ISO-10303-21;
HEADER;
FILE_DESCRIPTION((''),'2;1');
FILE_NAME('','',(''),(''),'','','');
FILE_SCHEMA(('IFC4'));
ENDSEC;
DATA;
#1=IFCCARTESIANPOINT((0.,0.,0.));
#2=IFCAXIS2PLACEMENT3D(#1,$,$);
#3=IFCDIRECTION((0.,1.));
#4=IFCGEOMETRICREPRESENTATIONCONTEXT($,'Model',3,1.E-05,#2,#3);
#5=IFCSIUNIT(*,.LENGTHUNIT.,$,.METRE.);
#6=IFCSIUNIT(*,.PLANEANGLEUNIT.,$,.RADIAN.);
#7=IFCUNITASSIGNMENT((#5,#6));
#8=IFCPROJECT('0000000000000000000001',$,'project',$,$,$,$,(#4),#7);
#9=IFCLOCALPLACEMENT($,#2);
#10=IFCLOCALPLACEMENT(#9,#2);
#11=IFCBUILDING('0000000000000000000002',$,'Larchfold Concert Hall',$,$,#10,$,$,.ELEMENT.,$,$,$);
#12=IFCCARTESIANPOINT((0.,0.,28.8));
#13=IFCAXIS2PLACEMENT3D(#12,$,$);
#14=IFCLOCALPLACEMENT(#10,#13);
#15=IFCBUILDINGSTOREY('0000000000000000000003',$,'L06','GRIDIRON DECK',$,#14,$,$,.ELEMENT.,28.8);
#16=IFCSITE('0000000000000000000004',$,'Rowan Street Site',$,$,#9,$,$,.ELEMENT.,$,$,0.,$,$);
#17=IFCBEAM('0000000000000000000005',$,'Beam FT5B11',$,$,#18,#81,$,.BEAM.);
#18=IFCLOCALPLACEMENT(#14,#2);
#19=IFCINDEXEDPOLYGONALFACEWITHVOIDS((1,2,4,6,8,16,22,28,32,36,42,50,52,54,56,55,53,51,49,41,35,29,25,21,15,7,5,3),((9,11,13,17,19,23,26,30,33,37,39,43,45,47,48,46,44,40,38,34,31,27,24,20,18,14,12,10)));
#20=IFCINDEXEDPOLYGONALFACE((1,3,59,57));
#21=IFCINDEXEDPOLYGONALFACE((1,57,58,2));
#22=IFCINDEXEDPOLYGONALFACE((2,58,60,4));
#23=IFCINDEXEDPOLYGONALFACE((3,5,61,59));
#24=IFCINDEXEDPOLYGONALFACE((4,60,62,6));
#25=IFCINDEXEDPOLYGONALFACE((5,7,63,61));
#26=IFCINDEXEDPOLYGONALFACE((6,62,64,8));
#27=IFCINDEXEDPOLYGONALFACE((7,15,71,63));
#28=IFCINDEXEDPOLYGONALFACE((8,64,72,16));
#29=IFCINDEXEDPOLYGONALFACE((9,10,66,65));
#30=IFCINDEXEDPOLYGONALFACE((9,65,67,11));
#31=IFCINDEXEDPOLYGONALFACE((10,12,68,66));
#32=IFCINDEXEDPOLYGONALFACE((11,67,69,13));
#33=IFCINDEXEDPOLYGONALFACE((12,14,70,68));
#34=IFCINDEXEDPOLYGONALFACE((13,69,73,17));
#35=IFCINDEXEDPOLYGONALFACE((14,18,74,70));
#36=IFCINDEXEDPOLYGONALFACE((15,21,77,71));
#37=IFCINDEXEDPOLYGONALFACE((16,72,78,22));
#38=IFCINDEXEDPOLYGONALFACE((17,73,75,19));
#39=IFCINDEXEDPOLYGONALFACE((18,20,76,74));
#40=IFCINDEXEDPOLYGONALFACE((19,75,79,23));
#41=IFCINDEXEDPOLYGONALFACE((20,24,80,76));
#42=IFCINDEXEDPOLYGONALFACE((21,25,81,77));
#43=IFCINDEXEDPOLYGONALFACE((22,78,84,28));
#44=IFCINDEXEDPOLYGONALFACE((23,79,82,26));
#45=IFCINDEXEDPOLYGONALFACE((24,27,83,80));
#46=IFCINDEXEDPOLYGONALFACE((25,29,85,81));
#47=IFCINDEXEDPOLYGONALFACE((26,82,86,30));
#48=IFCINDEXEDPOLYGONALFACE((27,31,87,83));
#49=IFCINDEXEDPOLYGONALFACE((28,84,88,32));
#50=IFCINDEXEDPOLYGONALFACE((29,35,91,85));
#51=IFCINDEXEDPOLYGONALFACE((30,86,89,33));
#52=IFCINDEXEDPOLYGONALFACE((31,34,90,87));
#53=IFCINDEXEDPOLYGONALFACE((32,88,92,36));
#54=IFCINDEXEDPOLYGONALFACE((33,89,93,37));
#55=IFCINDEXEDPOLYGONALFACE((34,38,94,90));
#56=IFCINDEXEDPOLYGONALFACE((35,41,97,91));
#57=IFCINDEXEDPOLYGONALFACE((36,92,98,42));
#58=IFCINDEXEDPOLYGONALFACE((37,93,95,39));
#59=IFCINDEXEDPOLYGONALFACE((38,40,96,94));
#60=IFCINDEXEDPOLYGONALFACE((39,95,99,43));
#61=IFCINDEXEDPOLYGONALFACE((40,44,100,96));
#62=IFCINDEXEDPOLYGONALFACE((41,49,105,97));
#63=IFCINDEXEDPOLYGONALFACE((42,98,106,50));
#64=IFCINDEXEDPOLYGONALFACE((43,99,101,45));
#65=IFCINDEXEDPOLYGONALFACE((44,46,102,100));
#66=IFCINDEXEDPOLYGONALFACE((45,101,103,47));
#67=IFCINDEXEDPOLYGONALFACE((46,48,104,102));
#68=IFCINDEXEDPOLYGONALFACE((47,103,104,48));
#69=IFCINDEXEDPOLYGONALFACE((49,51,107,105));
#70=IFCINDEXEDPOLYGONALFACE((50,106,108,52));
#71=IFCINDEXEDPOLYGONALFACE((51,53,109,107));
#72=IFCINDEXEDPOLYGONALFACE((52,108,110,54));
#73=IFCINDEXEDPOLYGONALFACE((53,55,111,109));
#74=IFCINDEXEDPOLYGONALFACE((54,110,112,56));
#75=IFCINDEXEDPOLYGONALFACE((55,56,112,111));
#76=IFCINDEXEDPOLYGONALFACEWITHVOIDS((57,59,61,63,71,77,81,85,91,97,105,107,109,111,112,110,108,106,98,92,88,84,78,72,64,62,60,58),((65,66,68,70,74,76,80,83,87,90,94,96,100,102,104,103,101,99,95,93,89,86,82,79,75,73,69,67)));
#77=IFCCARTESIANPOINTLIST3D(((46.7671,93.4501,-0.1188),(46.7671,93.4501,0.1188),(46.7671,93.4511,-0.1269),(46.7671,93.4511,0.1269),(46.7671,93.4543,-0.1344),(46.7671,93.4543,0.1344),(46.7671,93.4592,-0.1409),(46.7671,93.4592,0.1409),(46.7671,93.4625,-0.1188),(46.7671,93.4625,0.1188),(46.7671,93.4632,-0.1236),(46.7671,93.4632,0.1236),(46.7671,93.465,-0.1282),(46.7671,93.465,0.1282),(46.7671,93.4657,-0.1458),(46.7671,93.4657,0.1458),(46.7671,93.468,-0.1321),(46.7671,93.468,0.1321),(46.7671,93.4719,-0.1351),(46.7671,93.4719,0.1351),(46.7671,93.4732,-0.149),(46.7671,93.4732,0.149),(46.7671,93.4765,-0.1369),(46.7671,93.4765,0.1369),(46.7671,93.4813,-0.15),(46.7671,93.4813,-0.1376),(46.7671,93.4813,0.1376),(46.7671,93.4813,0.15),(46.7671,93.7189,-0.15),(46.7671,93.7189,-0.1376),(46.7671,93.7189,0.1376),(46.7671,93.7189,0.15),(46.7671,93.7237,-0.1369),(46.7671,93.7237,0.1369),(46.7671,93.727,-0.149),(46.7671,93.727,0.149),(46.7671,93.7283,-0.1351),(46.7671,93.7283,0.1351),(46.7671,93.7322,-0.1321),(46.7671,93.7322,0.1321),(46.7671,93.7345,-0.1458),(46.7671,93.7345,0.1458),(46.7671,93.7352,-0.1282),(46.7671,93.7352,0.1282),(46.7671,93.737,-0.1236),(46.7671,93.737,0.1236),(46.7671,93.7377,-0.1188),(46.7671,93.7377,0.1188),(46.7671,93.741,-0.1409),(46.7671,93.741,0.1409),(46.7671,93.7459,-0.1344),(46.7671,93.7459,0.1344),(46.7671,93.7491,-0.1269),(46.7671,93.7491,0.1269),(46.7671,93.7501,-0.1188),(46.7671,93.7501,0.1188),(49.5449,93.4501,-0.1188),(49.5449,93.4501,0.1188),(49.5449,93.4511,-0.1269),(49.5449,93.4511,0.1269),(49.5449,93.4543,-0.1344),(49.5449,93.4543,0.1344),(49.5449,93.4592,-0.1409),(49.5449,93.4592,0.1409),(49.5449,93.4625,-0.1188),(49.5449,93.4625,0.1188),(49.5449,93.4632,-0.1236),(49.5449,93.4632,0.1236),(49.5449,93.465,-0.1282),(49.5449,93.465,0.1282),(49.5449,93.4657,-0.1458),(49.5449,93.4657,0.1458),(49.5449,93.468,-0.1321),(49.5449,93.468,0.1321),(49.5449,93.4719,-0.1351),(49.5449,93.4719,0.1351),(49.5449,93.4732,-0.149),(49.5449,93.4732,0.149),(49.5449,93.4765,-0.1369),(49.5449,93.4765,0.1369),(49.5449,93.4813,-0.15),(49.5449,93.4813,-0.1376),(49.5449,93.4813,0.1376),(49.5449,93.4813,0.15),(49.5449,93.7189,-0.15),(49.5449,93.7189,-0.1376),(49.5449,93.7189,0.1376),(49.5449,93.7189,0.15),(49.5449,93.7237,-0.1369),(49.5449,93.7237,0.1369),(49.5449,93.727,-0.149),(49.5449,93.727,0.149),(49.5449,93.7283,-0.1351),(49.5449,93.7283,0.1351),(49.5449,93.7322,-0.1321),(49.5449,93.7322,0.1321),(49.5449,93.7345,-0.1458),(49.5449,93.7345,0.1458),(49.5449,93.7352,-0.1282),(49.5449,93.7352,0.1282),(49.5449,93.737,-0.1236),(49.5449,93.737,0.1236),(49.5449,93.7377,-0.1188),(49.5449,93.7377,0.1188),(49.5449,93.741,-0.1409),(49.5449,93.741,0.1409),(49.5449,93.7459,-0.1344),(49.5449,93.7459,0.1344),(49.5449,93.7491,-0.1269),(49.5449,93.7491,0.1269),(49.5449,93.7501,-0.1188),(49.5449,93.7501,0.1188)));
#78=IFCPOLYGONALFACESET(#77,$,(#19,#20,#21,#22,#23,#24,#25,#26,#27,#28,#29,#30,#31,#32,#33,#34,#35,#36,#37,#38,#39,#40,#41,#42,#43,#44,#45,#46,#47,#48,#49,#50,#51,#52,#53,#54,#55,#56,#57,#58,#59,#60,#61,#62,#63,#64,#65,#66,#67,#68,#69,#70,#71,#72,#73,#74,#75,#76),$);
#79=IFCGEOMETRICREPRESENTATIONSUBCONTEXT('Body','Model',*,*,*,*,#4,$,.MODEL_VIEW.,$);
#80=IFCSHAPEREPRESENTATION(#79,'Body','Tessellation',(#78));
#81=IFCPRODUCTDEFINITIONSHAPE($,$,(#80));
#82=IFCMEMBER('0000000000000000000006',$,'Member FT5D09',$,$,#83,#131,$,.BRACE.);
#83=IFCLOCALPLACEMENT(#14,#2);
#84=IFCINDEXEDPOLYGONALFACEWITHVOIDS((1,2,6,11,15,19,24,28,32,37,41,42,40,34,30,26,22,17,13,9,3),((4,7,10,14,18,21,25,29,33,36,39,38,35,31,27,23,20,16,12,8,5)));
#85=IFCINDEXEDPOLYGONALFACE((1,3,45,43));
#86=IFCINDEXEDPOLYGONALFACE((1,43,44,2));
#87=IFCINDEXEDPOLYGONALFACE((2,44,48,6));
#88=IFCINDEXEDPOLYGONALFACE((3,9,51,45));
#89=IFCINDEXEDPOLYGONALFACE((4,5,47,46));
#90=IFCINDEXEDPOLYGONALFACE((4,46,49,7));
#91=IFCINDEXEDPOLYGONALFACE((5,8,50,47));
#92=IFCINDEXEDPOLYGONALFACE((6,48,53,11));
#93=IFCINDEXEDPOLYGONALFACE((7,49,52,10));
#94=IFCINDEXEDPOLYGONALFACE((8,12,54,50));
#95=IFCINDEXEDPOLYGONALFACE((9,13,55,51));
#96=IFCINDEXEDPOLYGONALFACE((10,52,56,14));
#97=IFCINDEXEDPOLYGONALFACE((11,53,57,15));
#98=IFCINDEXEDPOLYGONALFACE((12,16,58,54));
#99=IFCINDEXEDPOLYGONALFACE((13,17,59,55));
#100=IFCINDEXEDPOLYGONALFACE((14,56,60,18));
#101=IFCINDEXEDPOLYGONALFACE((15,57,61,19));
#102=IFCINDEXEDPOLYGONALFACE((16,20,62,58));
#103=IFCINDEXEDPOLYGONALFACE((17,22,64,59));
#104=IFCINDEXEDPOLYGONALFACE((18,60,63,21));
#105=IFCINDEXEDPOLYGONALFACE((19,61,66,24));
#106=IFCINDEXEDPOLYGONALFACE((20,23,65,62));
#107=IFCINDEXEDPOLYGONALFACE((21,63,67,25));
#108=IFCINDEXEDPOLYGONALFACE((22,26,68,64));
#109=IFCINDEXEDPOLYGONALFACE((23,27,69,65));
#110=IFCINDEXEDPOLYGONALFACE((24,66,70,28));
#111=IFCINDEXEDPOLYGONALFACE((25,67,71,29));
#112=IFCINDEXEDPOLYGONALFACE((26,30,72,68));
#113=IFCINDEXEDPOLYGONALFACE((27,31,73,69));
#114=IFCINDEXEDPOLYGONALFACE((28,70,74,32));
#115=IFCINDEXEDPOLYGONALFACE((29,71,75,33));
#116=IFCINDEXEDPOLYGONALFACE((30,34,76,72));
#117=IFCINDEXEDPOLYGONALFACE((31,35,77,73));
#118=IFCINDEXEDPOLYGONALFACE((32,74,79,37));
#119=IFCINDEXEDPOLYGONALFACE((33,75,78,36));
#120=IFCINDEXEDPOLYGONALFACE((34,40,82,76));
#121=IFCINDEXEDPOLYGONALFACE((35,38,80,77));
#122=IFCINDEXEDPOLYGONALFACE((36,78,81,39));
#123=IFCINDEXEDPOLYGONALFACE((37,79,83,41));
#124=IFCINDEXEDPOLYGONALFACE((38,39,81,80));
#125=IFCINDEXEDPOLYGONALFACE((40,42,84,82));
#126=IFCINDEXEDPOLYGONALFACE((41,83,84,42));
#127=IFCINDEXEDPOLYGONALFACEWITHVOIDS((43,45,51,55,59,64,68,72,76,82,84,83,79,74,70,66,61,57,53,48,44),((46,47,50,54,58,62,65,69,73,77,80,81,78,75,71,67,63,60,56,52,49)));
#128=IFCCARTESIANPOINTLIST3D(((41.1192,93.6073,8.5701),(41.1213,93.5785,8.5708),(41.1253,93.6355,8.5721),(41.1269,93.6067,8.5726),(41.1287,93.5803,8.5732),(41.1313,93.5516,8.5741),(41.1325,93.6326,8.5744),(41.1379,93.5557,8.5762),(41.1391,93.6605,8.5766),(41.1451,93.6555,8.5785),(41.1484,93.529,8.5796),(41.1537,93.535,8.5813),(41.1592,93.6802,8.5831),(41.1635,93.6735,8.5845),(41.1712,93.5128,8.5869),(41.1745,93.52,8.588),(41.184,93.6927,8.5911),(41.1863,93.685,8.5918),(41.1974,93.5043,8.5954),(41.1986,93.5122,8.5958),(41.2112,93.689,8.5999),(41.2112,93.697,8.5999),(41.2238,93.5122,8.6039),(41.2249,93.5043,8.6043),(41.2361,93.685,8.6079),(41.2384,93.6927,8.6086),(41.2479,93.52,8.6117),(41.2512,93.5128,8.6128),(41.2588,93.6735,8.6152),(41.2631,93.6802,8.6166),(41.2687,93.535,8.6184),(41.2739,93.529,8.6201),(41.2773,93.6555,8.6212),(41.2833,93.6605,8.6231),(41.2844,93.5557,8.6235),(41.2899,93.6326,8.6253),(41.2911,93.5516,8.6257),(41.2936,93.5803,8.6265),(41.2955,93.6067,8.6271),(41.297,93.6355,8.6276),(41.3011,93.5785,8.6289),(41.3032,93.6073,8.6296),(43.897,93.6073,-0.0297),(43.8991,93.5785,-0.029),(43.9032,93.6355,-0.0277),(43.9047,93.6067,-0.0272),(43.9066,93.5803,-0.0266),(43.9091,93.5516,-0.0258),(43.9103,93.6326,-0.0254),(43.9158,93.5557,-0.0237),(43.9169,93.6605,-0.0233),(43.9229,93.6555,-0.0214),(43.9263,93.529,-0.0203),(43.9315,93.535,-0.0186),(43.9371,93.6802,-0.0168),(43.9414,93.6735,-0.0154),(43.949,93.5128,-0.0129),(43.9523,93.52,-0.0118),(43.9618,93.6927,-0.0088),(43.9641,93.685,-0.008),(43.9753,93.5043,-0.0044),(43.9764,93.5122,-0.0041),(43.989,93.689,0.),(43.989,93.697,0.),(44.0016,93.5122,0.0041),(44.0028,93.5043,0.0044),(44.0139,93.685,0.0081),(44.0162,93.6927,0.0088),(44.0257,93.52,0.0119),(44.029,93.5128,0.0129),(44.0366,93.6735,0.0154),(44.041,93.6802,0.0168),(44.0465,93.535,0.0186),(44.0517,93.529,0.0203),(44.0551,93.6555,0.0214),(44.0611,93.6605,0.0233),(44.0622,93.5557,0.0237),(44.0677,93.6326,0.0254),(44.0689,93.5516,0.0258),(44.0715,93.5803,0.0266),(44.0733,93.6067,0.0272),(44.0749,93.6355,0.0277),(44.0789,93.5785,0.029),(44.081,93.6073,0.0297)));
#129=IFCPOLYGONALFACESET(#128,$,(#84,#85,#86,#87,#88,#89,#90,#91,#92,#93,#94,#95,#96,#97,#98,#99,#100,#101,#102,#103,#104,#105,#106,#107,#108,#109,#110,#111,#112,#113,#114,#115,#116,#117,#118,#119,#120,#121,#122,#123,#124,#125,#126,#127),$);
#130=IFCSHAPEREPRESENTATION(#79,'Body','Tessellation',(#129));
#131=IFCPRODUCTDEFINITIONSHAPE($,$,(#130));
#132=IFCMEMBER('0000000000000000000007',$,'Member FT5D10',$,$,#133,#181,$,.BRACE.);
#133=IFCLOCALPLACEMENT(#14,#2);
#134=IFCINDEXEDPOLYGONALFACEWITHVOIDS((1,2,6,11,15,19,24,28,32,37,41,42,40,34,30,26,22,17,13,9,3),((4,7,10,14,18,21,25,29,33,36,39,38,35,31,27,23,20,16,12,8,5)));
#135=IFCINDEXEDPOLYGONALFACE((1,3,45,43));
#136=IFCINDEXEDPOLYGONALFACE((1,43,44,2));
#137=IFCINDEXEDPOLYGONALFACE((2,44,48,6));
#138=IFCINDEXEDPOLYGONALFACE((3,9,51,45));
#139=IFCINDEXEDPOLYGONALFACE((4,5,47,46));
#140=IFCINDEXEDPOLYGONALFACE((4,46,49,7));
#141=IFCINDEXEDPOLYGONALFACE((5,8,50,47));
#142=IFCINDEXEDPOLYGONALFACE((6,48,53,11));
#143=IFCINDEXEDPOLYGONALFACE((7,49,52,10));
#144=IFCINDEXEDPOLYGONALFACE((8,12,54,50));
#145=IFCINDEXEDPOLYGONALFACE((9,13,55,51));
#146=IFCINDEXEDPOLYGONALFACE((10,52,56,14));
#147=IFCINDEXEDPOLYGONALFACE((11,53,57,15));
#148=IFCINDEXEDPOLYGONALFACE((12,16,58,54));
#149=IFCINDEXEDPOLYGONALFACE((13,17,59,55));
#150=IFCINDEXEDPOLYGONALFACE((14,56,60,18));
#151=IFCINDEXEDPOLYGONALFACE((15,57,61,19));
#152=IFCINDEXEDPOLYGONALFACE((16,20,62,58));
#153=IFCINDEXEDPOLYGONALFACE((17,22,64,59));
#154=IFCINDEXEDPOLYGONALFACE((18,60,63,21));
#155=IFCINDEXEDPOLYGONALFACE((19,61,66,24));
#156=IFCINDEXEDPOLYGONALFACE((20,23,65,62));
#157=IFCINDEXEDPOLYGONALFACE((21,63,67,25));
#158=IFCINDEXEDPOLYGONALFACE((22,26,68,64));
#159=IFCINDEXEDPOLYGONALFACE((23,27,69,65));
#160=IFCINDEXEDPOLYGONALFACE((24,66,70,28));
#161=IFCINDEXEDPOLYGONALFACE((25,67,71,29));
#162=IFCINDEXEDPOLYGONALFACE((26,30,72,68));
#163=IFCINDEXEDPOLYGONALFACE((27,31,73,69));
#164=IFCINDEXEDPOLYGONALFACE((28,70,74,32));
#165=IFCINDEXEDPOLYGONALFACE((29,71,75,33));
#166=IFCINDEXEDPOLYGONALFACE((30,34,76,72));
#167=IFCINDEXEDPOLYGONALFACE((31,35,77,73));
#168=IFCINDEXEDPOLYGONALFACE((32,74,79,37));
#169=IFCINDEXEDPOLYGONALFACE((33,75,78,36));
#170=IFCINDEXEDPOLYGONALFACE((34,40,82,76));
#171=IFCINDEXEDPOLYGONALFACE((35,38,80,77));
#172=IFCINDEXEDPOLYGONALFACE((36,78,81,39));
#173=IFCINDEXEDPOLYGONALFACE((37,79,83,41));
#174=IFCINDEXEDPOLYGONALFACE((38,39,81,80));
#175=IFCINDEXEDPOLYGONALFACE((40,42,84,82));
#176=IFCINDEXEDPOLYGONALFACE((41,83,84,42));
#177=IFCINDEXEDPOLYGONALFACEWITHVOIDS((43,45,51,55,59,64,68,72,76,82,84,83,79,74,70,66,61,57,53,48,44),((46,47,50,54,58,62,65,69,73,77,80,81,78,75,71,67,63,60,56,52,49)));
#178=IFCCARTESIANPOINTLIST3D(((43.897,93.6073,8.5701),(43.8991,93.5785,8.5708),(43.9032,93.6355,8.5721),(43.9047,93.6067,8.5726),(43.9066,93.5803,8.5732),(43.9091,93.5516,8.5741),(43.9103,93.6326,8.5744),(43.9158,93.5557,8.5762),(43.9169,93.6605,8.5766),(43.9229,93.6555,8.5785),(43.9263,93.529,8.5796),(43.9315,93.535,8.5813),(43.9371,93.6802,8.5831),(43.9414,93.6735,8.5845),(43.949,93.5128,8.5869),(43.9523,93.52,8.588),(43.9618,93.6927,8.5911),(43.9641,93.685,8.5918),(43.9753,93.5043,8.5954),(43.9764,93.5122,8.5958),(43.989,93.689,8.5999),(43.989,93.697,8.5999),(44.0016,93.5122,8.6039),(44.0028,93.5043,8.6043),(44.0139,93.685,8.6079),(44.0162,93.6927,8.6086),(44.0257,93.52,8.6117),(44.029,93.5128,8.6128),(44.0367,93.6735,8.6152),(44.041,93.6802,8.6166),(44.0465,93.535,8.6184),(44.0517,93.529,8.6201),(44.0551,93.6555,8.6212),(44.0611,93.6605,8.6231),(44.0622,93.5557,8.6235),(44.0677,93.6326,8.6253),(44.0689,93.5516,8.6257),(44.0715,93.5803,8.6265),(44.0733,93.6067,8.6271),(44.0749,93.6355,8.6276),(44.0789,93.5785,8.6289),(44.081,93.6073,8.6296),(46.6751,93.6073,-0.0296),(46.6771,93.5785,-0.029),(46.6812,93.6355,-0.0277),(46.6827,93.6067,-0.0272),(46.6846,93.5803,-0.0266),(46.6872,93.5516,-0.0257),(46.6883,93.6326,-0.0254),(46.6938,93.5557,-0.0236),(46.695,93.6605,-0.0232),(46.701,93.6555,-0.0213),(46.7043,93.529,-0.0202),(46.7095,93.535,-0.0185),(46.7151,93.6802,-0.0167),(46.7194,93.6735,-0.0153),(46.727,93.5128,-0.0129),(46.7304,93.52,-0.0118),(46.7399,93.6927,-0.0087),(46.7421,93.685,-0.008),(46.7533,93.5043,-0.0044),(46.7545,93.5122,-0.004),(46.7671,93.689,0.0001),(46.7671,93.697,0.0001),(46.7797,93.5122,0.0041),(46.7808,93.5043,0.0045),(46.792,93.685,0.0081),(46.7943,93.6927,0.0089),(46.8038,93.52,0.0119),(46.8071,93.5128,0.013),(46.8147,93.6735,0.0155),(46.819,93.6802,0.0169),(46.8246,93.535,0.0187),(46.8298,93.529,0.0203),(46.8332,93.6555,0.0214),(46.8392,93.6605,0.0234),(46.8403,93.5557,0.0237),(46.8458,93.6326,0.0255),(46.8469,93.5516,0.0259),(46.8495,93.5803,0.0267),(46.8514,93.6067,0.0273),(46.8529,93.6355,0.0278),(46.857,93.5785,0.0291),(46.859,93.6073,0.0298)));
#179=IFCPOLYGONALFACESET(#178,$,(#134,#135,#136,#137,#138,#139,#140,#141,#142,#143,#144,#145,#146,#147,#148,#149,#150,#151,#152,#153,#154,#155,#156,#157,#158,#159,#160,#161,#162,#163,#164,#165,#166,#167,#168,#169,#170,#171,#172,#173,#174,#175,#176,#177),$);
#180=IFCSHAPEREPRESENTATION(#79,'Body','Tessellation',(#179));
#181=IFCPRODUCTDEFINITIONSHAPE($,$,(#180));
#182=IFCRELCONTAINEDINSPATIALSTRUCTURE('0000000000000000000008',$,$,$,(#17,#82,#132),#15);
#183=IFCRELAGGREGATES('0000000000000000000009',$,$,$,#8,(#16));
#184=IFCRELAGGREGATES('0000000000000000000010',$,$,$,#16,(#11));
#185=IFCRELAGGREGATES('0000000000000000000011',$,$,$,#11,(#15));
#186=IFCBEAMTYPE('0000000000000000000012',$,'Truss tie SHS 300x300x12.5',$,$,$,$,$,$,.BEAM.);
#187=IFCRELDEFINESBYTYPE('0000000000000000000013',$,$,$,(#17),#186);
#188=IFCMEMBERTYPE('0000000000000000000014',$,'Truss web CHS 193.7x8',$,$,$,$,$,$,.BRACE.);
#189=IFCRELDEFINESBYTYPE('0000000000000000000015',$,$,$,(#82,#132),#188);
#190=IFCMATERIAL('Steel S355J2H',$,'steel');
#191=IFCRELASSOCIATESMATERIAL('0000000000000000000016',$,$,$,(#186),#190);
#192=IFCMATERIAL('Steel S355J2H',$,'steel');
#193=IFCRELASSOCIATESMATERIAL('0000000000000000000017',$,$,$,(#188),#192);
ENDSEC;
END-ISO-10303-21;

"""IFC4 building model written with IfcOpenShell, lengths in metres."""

from ifc_helpers import new_model, si_unit, direction, frame, origin, origin_2d, place, context, subcontext, project, spatial, hollow_rectangle, hollow_circle, extrude, material, material_profile, profile_set, type_object, element, save


model = new_model("IFC4")

# Units and contexts
model_context = context("Model", 3, precision=1e-05, world=origin(), true_north=direction((0.0, 1.0)))
body_context = subcontext(model_context, "Body", "Model", "MODEL_VIEW")
ifc_project = project(units=[si_unit("LENGTHUNIT", "METRE"), si_unit("PLANEANGLEUNIT", "RADIAN")], contexts=[model_context])

# Site, building, storey
site_placement = place(None, origin())
site = spatial("IfcSite", under=ifc_project, at=site_placement, Name="Rowan Street Site", CompositionType="ELEMENT", RefElevation=0.0)
building_placement = place(site_placement, origin())
building = spatial("IfcBuilding", under=site, at=building_placement, Name="Larchfold Concert Hall", CompositionType="ELEMENT")
storey_placement = place(building_placement, frame((0.0, 0.0, 28.8)))
storey = spatial("IfcBuildingStorey", under=building, at=storey_placement, Name="L06", Description="GRIDIRON DECK", CompositionType="ELEMENT", Elevation=28.8)

# Beam
ifc_material_1 = material(Name="Steel S355J2H", Category="steel")
ifc_material_profile_1 = material_profile(ifc_material_1, hollow_rectangle(XDim=0.3, YDim=0.3, WallThickness=0.0125, InnerFilletRadius=0.0188, OuterFilletRadius=0.0312, at=origin_2d()))
ifc_profile_set_1 = profile_set([ifc_material_profile_1], Name="Steel S355J2H")
beam_type_1 = type_object("IfcBeamType", Name="Truss tie SHS 300x300x12.5", PredefinedType="BEAM", material=ifc_profile_set_1)
beam_1_placement = place(storey_placement, frame((46.7671, 93.6001, 0.0), z_axis=(1.0, 0.0, 0.0), x_axis=(0.0, 1.0, 0.0)))
element("IfcBeam", 1, at=beam_1_placement, inside=storey, type_object=beam_type_1, Name="Beam FT5B11", PredefinedType="BEAM", context=body_context, shape_type="SweptSolid", body=[
    extrude(hollow_rectangle(XDim=0.3, YDim=0.3, WallThickness=0.0125, InnerFilletRadius=0.0188, OuterFilletRadius=0.0312, at=origin_2d()), origin(), (0.0, 0.0, 1.0), 2.7778),
])

# Members
ifc_material_2 = material(Name="Steel S355J2H", Category="steel")
ifc_material_profile_2 = material_profile(ifc_material_2, hollow_circle(Radius=0.0969, WallThickness=0.0081, at=origin_2d()))
ifc_profile_set_2 = profile_set([ifc_material_profile_2], Name="Steel S355J2H")
member_type_1 = type_object("IfcMemberType", Name="Truss web CHS 193.7x8", PredefinedType="BRACE", material=ifc_profile_set_2)
for number, where, z_axis, x_axis, name in (
    (2, (41.2112, 93.6001, 8.5999), (0.307372, 0.0, -0.951589), (0.0, 1.0, 0.0), "Member FT5D09"),
    (3, (43.989, 93.6001, 8.5999), (0.307397, 0.0, -0.951581), (0.0, 1.0, 0.0), "Member FT5D10"),
):
    element("IfcMember", number, at=place(storey_placement, frame(where, z_axis=z_axis, x_axis=x_axis)), inside=storey, type_object=member_type_1, Name=name, PredefinedType="BRACE", context=body_context, shape_type="SweptSolid", body=[
        extrude(hollow_circle(Radius=0.0969, WallThickness=0.0081, at=origin_2d()), origin(), (0.0, 0.0, 1.0), 9.0374),
    ])

save(model, "model.ifc")
